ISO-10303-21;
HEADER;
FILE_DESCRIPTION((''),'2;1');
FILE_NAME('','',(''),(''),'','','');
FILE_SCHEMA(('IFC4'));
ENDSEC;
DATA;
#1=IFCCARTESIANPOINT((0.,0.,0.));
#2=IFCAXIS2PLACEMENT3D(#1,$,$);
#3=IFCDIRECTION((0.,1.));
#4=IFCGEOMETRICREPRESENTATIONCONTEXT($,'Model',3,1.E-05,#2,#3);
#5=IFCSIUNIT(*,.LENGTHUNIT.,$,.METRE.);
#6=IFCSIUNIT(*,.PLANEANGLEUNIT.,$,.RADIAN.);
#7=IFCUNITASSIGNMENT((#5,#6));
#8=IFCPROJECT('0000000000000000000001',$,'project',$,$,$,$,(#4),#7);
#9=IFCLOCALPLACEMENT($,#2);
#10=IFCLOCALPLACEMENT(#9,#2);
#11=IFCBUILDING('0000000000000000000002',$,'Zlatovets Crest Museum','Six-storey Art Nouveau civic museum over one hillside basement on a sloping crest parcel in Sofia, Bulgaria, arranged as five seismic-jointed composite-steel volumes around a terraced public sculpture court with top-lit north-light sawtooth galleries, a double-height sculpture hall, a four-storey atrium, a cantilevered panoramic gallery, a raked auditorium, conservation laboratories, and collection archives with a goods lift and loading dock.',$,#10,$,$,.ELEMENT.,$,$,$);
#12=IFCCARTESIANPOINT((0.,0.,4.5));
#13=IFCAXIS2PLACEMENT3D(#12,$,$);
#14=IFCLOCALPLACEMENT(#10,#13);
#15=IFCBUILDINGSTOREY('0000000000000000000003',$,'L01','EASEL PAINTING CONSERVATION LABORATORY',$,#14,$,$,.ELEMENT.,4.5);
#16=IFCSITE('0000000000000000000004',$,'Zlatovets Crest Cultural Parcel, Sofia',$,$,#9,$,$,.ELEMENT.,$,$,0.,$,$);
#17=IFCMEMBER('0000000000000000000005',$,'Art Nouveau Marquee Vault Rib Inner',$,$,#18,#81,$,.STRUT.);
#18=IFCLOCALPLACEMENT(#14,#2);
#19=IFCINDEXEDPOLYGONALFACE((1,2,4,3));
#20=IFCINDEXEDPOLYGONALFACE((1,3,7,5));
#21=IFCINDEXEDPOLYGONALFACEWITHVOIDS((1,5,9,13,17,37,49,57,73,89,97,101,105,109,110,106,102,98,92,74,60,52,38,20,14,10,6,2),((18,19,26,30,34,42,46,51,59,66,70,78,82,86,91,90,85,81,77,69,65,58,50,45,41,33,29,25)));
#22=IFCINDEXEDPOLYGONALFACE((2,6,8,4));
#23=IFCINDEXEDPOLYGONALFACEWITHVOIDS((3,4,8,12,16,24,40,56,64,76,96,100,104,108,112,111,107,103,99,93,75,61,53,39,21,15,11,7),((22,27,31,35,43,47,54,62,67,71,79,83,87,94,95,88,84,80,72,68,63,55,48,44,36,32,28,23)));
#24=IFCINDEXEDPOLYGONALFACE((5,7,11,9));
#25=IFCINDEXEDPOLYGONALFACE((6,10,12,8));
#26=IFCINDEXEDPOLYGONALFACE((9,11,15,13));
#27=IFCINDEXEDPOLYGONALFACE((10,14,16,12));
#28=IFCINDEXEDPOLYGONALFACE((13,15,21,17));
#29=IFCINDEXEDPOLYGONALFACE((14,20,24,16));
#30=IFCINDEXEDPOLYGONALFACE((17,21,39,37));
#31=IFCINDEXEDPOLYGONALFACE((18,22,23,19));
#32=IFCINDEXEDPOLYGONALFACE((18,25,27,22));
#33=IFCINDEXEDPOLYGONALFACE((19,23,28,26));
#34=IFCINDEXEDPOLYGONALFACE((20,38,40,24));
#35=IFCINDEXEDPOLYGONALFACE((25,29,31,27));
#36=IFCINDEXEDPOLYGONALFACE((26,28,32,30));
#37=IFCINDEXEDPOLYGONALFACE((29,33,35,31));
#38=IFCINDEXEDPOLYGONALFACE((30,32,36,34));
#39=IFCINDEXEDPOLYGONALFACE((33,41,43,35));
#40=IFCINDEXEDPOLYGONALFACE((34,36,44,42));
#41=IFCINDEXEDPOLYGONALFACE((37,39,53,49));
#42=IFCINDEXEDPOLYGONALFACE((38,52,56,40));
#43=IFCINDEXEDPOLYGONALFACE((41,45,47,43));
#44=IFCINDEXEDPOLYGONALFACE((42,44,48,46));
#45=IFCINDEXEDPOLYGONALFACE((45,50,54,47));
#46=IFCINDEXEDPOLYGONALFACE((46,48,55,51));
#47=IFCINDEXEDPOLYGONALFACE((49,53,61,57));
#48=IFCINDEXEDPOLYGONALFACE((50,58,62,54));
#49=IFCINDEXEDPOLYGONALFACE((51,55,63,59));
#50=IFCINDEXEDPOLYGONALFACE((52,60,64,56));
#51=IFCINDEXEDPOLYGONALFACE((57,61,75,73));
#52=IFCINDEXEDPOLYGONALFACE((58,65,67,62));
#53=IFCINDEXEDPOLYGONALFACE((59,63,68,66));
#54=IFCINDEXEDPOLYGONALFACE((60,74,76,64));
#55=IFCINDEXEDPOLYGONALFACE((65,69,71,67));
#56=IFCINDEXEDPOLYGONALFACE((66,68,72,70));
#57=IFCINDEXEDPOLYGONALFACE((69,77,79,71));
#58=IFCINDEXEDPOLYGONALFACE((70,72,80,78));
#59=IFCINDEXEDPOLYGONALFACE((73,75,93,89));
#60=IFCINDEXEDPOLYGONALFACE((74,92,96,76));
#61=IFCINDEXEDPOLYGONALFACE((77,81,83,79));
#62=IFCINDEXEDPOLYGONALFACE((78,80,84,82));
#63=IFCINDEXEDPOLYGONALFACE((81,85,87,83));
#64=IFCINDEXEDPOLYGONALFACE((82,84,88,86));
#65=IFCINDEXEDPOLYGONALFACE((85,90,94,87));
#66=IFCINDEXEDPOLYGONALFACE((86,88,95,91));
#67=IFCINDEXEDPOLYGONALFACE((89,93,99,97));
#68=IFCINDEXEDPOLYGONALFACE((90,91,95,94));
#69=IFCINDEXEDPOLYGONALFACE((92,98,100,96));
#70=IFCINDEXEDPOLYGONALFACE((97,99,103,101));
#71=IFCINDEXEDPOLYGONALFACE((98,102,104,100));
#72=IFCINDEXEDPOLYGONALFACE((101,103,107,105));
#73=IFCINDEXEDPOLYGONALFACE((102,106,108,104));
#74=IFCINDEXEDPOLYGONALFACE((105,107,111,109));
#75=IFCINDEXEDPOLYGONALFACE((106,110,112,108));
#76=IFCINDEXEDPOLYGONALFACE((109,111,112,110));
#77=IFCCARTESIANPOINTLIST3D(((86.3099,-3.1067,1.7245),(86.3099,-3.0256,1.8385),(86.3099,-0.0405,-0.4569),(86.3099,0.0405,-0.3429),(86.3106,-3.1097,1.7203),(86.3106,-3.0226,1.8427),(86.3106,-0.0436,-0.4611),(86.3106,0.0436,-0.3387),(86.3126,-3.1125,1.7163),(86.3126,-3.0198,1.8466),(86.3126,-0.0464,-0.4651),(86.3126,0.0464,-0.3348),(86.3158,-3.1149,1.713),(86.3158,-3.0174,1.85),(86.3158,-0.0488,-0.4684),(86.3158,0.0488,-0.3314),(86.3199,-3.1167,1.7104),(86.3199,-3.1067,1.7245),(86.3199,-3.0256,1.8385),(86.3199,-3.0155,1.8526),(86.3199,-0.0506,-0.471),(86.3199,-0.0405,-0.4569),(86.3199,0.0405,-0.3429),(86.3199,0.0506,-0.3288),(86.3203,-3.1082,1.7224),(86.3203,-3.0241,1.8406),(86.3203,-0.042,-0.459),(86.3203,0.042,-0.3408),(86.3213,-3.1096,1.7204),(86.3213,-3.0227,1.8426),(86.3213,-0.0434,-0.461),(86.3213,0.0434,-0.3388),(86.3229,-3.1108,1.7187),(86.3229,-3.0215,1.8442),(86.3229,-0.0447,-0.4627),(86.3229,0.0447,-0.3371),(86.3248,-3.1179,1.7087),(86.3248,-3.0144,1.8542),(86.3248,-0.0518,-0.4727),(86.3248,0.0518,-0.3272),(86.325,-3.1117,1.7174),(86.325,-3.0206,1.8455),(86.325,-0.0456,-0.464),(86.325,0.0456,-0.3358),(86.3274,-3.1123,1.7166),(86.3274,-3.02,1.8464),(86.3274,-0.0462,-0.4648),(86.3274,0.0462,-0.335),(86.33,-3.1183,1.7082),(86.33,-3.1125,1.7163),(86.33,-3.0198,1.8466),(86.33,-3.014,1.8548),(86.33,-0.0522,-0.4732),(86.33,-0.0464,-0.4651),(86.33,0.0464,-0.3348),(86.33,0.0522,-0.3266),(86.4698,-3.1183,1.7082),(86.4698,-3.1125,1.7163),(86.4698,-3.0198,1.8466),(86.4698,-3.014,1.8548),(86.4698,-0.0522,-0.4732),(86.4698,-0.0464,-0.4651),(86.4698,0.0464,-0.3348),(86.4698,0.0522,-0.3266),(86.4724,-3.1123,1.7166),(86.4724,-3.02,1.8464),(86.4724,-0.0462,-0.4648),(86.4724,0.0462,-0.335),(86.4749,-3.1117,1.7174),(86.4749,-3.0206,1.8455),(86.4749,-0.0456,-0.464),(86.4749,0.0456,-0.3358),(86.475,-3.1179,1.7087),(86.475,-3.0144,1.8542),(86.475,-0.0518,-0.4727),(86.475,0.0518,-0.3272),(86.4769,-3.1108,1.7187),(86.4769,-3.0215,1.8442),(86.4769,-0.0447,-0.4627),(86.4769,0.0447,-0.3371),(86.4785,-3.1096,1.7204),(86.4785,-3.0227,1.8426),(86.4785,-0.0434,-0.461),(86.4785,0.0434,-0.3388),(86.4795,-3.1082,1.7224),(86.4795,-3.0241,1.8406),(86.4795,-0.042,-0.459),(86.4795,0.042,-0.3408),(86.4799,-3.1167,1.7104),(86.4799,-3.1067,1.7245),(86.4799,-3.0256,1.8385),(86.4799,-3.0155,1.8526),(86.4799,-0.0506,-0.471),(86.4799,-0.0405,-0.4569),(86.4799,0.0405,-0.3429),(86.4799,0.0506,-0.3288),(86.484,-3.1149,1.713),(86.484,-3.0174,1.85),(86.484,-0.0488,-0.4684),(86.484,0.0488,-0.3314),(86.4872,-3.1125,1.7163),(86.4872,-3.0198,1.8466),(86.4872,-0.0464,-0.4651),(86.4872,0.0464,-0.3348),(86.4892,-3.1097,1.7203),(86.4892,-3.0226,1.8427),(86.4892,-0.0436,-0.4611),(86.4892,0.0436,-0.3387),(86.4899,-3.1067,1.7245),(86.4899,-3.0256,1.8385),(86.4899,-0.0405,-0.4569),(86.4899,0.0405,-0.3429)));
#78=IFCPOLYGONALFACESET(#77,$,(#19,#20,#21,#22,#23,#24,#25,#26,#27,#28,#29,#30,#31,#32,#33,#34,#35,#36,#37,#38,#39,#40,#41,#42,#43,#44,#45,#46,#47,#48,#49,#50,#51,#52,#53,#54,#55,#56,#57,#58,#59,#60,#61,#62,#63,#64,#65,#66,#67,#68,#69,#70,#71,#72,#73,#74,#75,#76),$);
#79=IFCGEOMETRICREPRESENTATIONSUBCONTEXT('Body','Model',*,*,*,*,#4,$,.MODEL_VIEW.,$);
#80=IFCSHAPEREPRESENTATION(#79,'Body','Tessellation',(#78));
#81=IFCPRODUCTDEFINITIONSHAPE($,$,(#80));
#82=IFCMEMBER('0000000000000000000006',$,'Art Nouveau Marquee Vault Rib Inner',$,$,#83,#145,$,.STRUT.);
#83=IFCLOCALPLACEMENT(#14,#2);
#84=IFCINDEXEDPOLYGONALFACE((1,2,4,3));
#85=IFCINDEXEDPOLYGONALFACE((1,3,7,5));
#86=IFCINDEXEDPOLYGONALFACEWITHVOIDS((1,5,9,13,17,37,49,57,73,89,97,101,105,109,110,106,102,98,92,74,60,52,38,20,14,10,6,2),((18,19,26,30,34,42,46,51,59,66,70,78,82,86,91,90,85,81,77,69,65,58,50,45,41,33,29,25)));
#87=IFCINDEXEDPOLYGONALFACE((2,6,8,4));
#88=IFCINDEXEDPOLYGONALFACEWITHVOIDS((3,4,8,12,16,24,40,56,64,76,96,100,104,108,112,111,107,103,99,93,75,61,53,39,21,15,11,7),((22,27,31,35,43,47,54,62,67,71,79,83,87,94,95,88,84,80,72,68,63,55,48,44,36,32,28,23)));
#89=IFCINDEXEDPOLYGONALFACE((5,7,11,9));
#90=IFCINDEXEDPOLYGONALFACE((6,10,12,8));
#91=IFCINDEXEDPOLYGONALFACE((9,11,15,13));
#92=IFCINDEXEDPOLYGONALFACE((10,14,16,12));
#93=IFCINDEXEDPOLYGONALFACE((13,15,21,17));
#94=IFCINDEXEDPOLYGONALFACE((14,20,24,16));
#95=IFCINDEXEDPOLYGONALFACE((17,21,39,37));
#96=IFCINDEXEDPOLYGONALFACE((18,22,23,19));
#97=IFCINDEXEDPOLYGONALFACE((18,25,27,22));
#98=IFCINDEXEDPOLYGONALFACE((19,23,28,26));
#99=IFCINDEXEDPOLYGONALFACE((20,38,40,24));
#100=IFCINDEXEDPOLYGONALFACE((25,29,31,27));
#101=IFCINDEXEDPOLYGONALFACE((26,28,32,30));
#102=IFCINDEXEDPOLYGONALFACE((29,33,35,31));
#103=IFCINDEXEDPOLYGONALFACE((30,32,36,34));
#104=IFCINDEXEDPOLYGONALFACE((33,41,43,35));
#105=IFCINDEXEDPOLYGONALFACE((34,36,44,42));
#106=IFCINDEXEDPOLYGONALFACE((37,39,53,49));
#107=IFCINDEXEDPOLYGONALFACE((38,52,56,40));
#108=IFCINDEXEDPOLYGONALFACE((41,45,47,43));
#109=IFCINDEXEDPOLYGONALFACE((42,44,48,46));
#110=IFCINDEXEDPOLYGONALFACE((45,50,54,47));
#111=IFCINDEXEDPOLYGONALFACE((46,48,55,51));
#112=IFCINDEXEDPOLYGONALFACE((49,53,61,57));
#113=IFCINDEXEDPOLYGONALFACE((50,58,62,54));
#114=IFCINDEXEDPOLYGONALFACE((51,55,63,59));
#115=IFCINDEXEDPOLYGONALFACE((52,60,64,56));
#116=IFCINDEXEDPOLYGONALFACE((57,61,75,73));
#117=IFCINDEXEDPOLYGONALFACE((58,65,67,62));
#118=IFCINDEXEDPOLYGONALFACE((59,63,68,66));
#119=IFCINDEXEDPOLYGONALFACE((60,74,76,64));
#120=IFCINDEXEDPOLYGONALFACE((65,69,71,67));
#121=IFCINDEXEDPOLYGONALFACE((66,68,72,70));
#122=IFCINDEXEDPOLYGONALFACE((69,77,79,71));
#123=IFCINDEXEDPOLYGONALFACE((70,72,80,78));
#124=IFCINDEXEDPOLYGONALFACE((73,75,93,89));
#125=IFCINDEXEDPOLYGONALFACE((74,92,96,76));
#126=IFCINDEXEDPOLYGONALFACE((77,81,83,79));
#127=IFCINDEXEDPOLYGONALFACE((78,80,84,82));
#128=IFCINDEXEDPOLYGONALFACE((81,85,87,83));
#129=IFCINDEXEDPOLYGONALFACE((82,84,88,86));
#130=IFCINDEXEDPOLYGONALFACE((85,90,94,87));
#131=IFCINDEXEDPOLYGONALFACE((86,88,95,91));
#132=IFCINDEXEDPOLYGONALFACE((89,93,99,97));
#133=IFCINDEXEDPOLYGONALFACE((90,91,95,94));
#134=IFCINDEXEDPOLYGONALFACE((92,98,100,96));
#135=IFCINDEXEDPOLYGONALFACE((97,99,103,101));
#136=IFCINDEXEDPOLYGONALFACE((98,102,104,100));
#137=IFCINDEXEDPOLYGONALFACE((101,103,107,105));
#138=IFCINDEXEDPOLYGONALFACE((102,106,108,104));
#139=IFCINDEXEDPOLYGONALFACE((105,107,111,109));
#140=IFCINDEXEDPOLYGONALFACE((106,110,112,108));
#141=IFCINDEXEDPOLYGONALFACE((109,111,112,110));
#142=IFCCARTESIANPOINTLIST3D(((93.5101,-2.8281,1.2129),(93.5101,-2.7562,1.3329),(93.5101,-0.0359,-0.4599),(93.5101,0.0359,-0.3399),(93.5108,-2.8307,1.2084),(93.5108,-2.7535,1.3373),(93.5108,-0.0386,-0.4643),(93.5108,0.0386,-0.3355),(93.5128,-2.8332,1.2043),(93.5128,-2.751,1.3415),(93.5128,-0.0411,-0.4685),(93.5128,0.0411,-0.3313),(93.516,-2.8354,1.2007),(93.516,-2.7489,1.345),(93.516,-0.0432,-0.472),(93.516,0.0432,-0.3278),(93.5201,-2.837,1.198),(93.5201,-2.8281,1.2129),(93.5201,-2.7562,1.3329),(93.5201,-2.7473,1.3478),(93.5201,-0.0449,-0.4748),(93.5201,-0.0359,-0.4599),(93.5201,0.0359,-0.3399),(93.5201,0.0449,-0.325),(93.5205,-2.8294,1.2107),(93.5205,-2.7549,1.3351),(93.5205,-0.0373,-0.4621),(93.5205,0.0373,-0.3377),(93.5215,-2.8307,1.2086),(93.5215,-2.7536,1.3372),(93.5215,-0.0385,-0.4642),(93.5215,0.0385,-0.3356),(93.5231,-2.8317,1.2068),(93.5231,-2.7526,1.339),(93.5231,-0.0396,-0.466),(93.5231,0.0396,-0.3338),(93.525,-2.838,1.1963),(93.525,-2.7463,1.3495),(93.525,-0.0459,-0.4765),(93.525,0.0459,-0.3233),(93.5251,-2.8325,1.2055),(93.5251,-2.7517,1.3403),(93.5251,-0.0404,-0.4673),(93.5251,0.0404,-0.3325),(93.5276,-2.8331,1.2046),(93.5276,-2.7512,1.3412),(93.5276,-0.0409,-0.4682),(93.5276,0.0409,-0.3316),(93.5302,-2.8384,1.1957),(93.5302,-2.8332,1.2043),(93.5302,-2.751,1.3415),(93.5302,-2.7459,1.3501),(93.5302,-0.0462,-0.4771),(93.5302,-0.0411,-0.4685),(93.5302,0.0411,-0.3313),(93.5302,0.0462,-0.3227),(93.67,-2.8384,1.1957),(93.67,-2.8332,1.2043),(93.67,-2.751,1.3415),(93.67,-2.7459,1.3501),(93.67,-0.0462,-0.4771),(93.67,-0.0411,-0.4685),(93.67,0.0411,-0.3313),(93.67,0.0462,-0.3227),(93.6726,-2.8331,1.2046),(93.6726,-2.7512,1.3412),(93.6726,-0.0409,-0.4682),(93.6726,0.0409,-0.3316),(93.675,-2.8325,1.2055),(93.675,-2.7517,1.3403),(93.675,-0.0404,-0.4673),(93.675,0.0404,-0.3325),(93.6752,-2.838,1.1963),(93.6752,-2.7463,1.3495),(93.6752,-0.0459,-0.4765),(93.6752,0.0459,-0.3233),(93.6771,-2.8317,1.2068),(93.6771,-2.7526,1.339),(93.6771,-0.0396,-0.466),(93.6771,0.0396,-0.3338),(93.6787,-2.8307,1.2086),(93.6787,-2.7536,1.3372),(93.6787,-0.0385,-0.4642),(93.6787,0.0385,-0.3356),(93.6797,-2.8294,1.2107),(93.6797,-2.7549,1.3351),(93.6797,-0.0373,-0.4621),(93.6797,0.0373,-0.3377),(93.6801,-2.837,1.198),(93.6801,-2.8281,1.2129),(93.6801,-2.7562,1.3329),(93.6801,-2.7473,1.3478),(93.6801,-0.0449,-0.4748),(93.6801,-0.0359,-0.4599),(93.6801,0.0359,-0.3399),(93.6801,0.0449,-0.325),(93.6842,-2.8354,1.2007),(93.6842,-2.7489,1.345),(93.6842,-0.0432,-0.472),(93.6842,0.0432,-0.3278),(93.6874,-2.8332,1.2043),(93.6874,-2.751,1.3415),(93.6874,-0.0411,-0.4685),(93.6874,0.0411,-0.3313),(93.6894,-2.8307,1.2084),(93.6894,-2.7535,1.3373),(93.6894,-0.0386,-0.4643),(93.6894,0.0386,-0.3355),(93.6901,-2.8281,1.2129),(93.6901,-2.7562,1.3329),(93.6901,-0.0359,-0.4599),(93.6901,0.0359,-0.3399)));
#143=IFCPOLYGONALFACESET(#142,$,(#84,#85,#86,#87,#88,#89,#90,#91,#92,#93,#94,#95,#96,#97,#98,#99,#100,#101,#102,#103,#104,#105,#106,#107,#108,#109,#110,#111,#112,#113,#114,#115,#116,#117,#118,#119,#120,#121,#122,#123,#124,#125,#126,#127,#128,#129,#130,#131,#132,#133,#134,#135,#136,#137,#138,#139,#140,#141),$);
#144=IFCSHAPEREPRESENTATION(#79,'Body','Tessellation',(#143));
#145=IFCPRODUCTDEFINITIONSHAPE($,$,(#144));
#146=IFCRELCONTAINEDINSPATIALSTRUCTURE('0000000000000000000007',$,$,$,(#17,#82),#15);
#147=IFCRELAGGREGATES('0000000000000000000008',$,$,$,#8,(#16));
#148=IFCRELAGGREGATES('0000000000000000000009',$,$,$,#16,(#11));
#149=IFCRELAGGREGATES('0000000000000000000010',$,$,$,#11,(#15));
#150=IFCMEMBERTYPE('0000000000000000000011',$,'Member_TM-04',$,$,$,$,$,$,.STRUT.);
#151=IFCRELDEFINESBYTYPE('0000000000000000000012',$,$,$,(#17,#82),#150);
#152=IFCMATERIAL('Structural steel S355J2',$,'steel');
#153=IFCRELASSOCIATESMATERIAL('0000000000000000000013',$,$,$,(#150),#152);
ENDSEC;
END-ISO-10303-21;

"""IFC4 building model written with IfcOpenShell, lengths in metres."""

from ifc_helpers import new_model, si_unit, direction, frame, origin, origin_2d, place, context, subcontext, project, spatial, hollow_rectangle, extrude, material, material_profile, profile_set, type_object, element, save


model = new_model("IFC4")

# Units and contexts
model_context = context("Model", 3, precision=1e-05, world=origin(), true_north=direction((0.0, 1.0)))
body_context = subcontext(model_context, "Body", "Model", "MODEL_VIEW")
ifc_project = project(units=[si_unit("LENGTHUNIT", "METRE"), si_unit("PLANEANGLEUNIT", "RADIAN")], contexts=[model_context])

# Site, building, storey
site_placement = place(None, origin())
site = spatial("IfcSite", under=ifc_project, at=site_placement, Name="Zlatovets Crest Cultural Parcel, Sofia", CompositionType="ELEMENT", RefElevation=0.0)
building_placement = place(site_placement, origin())
building = spatial("IfcBuilding", under=site, at=building_placement, Name="Zlatovets Crest Museum", Description="Six-storey Art Nouveau civic museum over one hillside basement on a sloping crest parcel in Sofia, Bulgaria, arranged as five seismic-jointed composite-steel volumes around a terraced public sculpture court with top-lit north-light sawtooth galleries, a double-height sculpture hall, a four-storey atrium, a cantilevered panoramic gallery, a raked auditorium, conservation laboratories, and collection archives with a goods lift and loading dock.", CompositionType="ELEMENT")
storey_placement = place(building_placement, frame((0.0, 0.0, 4.5)))
storey = spatial("IfcBuildingStorey", under=building, at=storey_placement, Name="L01", Description="EASEL PAINTING CONSERVATION LABORATORY", CompositionType="ELEMENT", Elevation=4.5)

# Shared definitions
ifc_material_1 = material(Name="Structural steel S355J2", Category="steel")

# Members
ifc_material_profile_1 = material_profile(ifc_material_1, hollow_rectangle(XDim=0.1799, YDim=0.1799, WallThickness=0.01, InnerFilletRadius=0.01, OuterFilletRadius=0.02, at=origin_2d()), Name="SHS 180x180x10.0")
ifc_profile_set_1 = profile_set([ifc_material_profile_1], Name="Structural steel S355J2")
member_type_1 = type_object("IfcMemberType", Name="Member_TM-04", PredefinedType="STRUT", material=ifc_profile_set_1)
member_1_placement = place(storey_placement, frame((86.3999, 0.0, -0.3999), z_axis=(0.0, -0.814828, 0.579703), x_axis=(1.0, 0.0, 0.0)))
element("IfcMember", 1, at=member_1_placement, inside=storey, type_object=member_type_1, Name="Art Nouveau Marquee Vault Rib Inner", PredefinedType="STRUT", context=body_context, shape_type="SweptSolid", body=[
    extrude(hollow_rectangle(XDim=0.1799, YDim=0.1799, WallThickness=0.01, InnerFilletRadius=0.01, OuterFilletRadius=0.02, at=origin_2d()), origin(), (0.0, 0.0, 1.0), 3.7629),
])
member_2_placement = place(storey_placement, frame((93.6001, 0.0, -0.3999), z_axis=(0.0, -0.85783, 0.513933), x_axis=(1.0, 0.0, 0.0)))
element("IfcMember", 2, at=member_2_placement, inside=storey, type_object=member_type_1, Name="Art Nouveau Marquee Vault Rib Inner", PredefinedType="STRUT", context=body_context, shape_type="SweptSolid", body=[
    extrude(hollow_rectangle(XDim=0.1799, YDim=0.1799, WallThickness=0.01, InnerFilletRadius=0.01, OuterFilletRadius=0.02, at=origin_2d()), origin(), (0.0, 0.0, 1.0), 3.2549),
])

save(model, "model.ifc")
